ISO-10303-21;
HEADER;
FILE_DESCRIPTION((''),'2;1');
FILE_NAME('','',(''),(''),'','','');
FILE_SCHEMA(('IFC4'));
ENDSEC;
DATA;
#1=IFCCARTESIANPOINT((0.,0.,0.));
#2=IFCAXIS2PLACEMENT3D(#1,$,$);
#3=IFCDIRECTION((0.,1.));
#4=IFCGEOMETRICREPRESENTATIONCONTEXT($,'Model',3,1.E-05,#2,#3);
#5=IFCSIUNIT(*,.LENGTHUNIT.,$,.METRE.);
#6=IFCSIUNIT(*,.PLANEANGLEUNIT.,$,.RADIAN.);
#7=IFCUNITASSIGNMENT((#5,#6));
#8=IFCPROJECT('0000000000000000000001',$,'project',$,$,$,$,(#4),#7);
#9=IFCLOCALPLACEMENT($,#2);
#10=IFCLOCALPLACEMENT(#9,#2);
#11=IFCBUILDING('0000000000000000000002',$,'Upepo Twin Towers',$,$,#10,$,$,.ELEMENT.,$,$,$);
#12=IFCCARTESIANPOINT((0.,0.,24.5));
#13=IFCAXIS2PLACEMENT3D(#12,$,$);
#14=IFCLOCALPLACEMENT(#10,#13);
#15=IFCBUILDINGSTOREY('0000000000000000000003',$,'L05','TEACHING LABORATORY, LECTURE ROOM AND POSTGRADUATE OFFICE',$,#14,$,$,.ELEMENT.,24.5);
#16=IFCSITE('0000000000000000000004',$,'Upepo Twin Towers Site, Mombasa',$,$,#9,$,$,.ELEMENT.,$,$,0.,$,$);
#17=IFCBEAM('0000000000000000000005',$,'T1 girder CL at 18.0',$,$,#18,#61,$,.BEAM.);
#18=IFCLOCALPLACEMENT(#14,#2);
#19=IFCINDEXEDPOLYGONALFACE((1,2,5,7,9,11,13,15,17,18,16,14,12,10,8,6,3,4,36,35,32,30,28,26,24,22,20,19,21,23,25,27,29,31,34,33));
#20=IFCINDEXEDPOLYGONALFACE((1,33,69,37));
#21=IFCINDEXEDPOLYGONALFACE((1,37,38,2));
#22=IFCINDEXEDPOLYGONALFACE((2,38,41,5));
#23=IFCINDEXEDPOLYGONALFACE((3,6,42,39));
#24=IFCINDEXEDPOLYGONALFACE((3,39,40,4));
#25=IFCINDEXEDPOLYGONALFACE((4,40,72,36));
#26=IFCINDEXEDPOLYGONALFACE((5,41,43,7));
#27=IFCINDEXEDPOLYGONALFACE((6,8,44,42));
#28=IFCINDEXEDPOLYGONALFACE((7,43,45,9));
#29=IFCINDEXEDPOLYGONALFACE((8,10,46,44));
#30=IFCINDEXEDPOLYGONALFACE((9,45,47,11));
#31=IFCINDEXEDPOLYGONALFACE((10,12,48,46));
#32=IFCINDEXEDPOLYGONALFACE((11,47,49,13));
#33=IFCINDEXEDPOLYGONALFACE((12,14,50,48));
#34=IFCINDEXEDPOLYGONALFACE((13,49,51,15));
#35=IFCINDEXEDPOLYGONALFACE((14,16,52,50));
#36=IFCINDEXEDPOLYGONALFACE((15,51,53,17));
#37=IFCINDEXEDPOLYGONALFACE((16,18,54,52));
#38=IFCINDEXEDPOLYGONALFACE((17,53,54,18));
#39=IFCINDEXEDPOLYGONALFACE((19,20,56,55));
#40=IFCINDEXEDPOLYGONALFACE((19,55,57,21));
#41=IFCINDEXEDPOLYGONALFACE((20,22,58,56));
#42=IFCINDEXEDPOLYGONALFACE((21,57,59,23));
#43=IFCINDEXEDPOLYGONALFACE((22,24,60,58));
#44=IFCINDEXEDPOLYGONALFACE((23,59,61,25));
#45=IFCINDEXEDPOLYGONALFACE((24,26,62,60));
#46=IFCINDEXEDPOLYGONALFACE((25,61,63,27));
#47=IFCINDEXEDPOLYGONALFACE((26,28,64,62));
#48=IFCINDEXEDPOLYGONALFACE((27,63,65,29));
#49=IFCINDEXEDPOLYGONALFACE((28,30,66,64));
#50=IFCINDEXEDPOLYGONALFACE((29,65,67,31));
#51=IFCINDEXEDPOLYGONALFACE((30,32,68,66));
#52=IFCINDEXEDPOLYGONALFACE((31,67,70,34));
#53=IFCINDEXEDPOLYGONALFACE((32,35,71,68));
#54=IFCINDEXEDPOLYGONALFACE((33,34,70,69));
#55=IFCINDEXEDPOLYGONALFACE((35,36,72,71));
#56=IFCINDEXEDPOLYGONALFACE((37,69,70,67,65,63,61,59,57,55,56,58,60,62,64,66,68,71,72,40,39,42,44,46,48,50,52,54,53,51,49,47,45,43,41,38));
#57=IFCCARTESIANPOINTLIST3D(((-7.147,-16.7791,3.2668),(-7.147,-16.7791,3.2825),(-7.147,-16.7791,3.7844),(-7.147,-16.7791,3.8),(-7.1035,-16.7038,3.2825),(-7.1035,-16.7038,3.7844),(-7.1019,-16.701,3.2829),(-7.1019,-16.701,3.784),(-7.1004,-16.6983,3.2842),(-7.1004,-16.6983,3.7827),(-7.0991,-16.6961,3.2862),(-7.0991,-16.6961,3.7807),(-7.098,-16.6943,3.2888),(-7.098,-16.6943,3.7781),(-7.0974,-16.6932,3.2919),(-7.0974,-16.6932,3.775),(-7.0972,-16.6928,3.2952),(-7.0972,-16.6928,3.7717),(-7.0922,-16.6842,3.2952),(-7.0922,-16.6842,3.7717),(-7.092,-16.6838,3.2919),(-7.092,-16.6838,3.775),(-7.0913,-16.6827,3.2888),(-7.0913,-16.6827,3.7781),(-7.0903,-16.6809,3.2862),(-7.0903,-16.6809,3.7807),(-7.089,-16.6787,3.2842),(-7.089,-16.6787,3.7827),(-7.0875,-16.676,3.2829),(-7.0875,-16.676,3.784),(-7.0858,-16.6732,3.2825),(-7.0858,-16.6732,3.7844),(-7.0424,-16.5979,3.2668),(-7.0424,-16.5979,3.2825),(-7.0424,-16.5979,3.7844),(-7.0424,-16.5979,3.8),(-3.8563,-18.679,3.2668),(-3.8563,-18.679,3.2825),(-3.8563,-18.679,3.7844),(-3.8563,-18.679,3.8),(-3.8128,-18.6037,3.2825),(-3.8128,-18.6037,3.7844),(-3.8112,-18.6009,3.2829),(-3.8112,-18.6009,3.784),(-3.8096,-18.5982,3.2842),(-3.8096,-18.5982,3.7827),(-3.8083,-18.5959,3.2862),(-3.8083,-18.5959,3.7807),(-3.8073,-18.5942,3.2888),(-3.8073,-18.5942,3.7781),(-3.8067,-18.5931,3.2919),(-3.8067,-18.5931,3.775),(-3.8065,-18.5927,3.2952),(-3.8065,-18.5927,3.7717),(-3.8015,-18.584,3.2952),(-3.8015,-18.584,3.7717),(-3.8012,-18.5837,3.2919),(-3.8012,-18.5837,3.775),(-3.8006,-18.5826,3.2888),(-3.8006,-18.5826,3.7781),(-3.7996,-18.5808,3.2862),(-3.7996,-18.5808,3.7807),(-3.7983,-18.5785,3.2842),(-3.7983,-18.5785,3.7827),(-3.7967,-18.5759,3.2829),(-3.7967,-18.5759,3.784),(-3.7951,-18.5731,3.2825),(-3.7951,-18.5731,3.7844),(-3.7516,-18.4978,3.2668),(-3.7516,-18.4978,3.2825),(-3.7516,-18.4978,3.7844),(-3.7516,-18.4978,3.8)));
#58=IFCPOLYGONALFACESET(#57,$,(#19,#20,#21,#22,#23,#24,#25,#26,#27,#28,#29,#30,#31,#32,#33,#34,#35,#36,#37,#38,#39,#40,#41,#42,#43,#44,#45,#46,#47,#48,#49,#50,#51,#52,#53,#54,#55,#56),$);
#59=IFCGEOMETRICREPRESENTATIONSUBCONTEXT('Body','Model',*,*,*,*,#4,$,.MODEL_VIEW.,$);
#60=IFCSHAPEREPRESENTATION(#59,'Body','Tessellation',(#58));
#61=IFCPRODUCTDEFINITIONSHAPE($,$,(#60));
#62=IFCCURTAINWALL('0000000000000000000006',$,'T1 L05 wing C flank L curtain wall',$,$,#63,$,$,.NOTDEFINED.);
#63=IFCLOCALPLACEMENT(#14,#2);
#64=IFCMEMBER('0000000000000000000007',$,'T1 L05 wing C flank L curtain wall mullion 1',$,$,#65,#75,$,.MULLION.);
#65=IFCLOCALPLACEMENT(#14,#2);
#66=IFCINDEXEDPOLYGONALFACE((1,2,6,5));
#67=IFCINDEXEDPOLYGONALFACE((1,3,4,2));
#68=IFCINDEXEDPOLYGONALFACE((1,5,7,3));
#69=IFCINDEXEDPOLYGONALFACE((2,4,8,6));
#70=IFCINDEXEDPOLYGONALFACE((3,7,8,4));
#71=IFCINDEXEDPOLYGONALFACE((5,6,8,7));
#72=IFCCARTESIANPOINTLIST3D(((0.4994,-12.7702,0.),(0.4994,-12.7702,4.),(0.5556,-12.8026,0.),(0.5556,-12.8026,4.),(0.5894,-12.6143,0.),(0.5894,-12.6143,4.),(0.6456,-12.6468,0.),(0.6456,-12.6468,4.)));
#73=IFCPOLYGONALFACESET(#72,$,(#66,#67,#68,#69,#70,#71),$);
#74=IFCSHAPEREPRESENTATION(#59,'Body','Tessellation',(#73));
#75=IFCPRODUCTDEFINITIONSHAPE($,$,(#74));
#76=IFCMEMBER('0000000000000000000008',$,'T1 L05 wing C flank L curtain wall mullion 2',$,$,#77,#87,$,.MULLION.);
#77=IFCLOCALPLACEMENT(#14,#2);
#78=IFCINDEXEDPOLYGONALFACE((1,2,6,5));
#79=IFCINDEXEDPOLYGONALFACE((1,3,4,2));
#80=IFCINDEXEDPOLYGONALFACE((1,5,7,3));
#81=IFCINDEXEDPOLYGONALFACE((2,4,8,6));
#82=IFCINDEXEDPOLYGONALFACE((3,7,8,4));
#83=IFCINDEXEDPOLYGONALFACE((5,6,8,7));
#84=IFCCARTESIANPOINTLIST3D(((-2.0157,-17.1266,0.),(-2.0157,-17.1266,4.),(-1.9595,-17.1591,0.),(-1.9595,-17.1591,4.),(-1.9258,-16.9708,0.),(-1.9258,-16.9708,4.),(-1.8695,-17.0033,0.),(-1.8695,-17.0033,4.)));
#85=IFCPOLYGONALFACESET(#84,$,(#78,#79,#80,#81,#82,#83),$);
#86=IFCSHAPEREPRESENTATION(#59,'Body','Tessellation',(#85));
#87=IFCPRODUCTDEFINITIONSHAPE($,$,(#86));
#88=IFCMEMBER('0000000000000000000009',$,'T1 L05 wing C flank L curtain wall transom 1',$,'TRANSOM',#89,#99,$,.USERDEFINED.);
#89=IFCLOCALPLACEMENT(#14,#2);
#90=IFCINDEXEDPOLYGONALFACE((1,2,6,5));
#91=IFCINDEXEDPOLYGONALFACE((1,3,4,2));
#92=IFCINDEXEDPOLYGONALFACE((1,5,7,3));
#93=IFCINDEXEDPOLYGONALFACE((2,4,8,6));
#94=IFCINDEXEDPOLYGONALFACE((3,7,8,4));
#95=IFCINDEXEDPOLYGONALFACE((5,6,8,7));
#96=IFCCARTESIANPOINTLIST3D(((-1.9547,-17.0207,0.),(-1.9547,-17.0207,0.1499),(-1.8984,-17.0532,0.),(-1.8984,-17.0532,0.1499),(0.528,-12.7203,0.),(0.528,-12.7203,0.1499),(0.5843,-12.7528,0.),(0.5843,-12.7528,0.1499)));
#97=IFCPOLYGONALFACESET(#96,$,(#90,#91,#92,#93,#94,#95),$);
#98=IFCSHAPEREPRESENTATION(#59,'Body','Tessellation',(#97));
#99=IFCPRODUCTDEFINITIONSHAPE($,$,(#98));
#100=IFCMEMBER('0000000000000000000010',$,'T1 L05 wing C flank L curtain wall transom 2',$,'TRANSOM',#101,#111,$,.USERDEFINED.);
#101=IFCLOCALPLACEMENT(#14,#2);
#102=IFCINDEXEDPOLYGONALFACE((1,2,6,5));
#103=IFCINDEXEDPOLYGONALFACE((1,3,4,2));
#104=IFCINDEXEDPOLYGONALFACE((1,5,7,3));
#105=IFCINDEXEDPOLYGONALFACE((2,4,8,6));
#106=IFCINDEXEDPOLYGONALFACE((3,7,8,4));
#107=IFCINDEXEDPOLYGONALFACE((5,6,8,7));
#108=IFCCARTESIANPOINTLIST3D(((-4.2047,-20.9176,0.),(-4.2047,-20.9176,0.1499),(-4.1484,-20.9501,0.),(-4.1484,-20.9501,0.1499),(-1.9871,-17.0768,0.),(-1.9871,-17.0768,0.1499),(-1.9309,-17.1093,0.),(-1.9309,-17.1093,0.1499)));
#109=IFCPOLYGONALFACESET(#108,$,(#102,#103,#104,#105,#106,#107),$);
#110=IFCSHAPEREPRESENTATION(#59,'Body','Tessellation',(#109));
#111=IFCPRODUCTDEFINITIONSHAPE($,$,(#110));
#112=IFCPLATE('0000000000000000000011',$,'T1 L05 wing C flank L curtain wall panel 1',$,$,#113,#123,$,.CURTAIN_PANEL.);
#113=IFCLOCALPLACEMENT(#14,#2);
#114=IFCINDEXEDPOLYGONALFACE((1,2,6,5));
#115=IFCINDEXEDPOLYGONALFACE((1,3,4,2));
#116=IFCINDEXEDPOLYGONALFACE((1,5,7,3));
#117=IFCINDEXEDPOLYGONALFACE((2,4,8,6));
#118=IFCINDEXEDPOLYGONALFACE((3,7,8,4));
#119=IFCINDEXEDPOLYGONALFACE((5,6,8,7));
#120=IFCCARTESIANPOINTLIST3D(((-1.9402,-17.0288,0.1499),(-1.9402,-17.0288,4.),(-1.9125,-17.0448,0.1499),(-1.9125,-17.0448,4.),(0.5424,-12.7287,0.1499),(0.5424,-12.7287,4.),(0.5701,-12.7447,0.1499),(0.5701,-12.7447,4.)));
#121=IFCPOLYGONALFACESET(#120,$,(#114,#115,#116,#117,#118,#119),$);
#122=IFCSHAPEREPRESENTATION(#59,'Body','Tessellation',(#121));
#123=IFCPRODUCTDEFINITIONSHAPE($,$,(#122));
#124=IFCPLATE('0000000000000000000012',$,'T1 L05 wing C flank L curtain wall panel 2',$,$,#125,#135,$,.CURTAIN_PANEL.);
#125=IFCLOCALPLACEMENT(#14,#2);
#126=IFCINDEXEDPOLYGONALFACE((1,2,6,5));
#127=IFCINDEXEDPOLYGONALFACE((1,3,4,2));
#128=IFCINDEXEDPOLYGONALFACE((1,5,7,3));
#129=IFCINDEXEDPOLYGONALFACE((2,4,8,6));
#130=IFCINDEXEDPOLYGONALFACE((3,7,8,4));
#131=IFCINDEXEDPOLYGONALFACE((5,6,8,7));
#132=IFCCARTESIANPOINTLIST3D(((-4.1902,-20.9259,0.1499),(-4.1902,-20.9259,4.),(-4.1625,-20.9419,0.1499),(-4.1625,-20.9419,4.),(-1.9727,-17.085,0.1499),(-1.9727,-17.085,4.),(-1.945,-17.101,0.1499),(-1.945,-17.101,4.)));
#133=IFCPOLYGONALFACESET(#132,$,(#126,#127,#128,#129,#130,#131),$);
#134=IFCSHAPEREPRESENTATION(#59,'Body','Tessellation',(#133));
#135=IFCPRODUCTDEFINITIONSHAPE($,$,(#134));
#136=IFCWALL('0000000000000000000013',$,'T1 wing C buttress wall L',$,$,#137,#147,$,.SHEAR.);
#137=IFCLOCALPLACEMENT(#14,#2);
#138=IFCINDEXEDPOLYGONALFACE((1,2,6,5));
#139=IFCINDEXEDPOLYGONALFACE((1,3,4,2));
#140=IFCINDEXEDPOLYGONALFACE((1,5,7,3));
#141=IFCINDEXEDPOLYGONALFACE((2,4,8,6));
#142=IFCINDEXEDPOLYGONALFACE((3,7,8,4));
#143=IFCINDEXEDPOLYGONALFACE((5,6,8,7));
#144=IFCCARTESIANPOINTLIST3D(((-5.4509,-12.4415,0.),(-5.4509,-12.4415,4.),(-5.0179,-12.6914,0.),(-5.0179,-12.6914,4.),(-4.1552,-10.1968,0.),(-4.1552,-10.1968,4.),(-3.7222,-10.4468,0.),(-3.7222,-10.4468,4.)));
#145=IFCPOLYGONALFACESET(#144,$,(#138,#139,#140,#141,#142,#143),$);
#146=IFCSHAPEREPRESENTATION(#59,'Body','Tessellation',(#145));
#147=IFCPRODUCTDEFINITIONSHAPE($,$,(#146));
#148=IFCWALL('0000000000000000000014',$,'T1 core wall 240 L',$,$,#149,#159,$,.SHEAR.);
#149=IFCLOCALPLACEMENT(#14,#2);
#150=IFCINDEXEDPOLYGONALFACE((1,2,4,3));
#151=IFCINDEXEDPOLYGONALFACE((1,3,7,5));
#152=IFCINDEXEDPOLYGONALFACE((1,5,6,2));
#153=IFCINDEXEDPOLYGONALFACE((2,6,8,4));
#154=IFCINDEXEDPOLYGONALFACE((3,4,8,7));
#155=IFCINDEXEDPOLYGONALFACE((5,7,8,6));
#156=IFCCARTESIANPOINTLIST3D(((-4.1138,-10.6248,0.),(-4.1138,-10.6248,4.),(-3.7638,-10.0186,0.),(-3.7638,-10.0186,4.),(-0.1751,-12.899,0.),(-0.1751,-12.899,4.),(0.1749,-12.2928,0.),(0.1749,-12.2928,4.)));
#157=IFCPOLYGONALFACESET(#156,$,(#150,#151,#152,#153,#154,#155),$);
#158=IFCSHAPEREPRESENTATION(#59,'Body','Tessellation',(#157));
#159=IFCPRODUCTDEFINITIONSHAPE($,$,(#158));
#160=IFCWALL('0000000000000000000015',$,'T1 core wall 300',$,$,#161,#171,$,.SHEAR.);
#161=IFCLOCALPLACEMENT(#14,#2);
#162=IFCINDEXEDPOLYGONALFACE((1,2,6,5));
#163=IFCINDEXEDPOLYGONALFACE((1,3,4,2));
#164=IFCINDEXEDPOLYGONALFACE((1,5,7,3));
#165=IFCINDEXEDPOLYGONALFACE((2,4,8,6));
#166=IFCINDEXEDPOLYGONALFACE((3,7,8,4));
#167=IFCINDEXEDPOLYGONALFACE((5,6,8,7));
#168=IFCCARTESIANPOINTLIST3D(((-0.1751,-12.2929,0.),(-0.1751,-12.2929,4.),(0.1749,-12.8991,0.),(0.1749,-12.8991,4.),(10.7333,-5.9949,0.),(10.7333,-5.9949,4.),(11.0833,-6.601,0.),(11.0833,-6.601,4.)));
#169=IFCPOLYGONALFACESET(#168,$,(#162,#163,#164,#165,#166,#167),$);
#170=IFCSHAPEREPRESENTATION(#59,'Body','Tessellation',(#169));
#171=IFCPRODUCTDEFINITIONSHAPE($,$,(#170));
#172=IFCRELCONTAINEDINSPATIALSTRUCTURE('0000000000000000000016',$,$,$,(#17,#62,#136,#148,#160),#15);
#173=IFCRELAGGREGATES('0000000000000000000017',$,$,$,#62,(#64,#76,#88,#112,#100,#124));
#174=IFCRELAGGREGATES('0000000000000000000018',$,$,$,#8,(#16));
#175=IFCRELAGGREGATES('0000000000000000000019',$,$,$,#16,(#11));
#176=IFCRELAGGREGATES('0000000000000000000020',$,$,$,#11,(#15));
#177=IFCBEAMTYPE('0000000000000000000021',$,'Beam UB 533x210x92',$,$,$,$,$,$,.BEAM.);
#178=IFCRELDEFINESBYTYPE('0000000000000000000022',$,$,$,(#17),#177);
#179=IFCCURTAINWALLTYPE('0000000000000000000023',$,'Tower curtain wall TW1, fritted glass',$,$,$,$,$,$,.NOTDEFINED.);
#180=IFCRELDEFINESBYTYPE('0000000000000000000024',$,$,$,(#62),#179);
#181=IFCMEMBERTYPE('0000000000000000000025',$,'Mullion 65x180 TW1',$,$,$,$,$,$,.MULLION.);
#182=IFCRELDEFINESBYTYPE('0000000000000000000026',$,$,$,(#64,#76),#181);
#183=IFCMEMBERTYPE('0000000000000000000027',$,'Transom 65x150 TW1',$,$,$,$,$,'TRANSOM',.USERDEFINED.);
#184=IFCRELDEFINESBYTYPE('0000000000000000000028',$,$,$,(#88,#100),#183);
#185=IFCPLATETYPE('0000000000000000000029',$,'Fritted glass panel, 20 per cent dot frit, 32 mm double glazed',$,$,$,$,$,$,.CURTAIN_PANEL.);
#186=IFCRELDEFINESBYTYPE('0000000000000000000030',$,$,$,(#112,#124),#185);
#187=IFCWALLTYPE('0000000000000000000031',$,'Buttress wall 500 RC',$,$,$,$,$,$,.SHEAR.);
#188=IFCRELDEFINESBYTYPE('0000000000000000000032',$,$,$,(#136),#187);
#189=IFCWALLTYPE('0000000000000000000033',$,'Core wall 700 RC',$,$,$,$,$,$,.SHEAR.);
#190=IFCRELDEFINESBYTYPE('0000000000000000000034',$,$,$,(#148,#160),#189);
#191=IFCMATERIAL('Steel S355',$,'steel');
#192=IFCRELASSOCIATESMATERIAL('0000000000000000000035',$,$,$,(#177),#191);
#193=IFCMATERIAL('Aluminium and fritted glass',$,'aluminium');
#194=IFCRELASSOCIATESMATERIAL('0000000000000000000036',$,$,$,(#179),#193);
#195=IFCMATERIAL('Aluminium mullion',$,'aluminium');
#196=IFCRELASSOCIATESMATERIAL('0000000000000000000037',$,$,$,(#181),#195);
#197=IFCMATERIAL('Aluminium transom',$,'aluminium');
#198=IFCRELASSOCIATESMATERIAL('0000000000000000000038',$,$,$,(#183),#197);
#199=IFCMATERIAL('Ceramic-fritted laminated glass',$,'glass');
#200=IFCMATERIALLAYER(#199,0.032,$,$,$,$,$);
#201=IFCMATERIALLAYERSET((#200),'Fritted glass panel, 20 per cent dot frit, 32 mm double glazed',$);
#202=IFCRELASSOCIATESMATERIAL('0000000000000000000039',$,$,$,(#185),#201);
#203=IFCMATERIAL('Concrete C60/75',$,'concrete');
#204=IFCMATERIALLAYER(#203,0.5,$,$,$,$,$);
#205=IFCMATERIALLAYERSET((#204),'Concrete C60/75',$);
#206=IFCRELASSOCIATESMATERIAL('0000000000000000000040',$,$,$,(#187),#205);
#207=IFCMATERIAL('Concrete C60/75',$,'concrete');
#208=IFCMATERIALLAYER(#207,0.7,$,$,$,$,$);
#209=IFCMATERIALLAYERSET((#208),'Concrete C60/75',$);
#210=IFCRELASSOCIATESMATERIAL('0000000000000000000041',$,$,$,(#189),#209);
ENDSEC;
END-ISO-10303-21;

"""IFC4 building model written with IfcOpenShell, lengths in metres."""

from ifc_helpers import new_model, si_unit, direction, frame, frame_2d, origin, origin_2d, place, context, subcontext, project, spatial, rectangle, i_section, extrude, material, layer, layer_set, material_profile, profile_set, type_object, element, aggregate, save


model = new_model("IFC4")

# Units and contexts
model_context = context("Model", 3, precision=1e-05, world=origin(), true_north=direction((0.0, 1.0)))
body_context = subcontext(model_context, "Body", "Model", "MODEL_VIEW")
ifc_project = project(units=[si_unit("LENGTHUNIT", "METRE"), si_unit("PLANEANGLEUNIT", "RADIAN")], contexts=[model_context])

# Site, building, storey
site_placement = place(None, origin())
site = spatial("IfcSite", under=ifc_project, at=site_placement, Name="Upepo Twin Towers Site, Mombasa", CompositionType="ELEMENT", RefElevation=0.0)
building_placement = place(site_placement, origin())
building = spatial("IfcBuilding", under=site, at=building_placement, Name="Upepo Twin Towers", CompositionType="ELEMENT")
storey_placement = place(building_placement, frame((0.0, 0.0, 24.5)))
storey = spatial("IfcBuildingStorey", under=building, at=storey_placement, Name="L05", Description="TEACHING LABORATORY, LECTURE ROOM AND POSTGRADUATE OFFICE", CompositionType="ELEMENT", Elevation=24.5)

# Beam
ifc_material_1 = material(Name="Steel S355", Category="steel")
ifc_material_profile_1 = material_profile(ifc_material_1, i_section(OverallWidth=0.2092, OverallDepth=0.5332, WebThickness=0.01, FlangeThickness=0.0156, FilletRadius=0.0127, at=origin_2d()), Name="UB 533x210x92")
ifc_profile_set_1 = profile_set([ifc_material_profile_1], Name="Steel S355")
beam_type_1 = type_object("IfcBeamType", Name="Beam UB 533x210x92", PredefinedType="BEAM", material=ifc_profile_set_1)
beam_1_placement = place(storey_placement, frame((-3.804, -18.5884, 3.5334), z_axis=(-0.866028, 0.499995, 0.0), x_axis=(-0.499995, -0.866028, 0.0)))
element("IfcBeam", 1, at=beam_1_placement, inside=storey, type_object=beam_type_1, Name="T1 girder CL at 18.0", PredefinedType="BEAM", context=body_context, shape_type="SweptSolid", body=[
    extrude(i_section(OverallWidth=0.2092, OverallDepth=0.5332, WebThickness=0.01, FlangeThickness=0.0156, FilletRadius=0.0127, at=origin_2d()), origin(), (0.0, 0.0, 1.0), 3.7998),
])

# Curtain wall, members, plates
ifc_material_2 = material(Name="Aluminium and fritted glass", Category="aluminium")
curtain_wall_type = type_object("IfcCurtainWallType", Name="Tower curtain wall TW1, fritted glass", PredefinedType="NOTDEFINED", material=ifc_material_2)
curtain_wall_placement = place(storey_placement, origin())
curtain_wall = element("IfcCurtainWall", 2, at=curtain_wall_placement, inside=storey, type_object=curtain_wall_type, Name="T1 L05 wing C flank L curtain wall", PredefinedType="NOTDEFINED")
ifc_material_3 = material(Name="Aluminium mullion", Category="aluminium")
ifc_material_profile_2 = material_profile(ifc_material_3, rectangle(XDim=0.0649, YDim=0.1799, at=origin_2d()), Name="MULLION 65x180")
ifc_profile_set_2 = profile_set([ifc_material_profile_2], Name="Aluminium mullion")
member_type_1 = type_object("IfcMemberType", Name="Mullion 65x180 TW1", PredefinedType="MULLION", material=ifc_profile_set_2)
member_1_placement = place(storey_placement, frame((0.5725, -12.7085, 0.0), z_axis=(0.0, 0.0, 1.0), x_axis=(0.866025, -0.5, 0.0)))
member_1 = element("IfcMember", 3, at=member_1_placement, type_object=member_type_1, Name="T1 L05 wing C flank L curtain wall mullion 1", PredefinedType="MULLION", context=body_context, shape_type="SweptSolid", body=[
    extrude(rectangle(XDim=0.0649, YDim=0.1799, at=origin_2d()), origin(), (0.0, 0.0, 1.0), 4.0),
])
member_2_placement = place(storey_placement, frame((-1.9426, -17.0649, 0.0), z_axis=(0.0, 0.0, 1.0), x_axis=(0.866025, -0.5, 0.0)))
member_2 = element("IfcMember", 4, at=member_2_placement, type_object=member_type_1, Name="T1 L05 wing C flank L curtain wall mullion 2", PredefinedType="MULLION", context=body_context, shape_type="SweptSolid", body=[
    extrude(rectangle(XDim=0.0649, YDim=0.1799, at=origin_2d()), origin(), (0.0, 0.0, 1.0), 4.0),
])
ifc_material_4 = material(Name="Aluminium transom", Category="aluminium")
ifc_material_profile_3 = material_profile(ifc_material_4, rectangle(XDim=0.0649, YDim=0.1499, at=origin_2d()), Name="TRANSOM 65x150")
ifc_profile_set_3 = profile_set([ifc_material_profile_3], Name="Aluminium transom")
member_type_2 = type_object("IfcMemberType", Name="Transom 65x150 TW1", ElementType="TRANSOM", PredefinedType="USERDEFINED", material=ifc_profile_set_3)
member_3_placement = place(storey_placement, frame((0.5562, -12.7366, 0.075), z_axis=(-0.499983, -0.866035, 0.0), x_axis=(0.866035, -0.499983, 0.0)))
member_3 = element("IfcMember", 5, at=member_3_placement, type_object=member_type_2, Name="T1 L05 wing C flank L curtain wall transom 1", ObjectType="TRANSOM", PredefinedType="USERDEFINED", context=body_context, shape_type="SweptSolid", body=[
    extrude(rectangle(XDim=0.0649, YDim=0.1499, at=origin_2d()), origin(), (0.0, 0.0, 1.0), 4.9656),
])
member_4_placement = place(storey_placement, frame((-1.959, -17.093, 0.075), z_axis=(-0.500005, -0.866022, 0.0), x_axis=(0.866022, -0.500005, 0.0)))
member_4 = element("IfcMember", 6, at=member_4_placement, type_object=member_type_2, Name="T1 L05 wing C flank L curtain wall transom 2", ObjectType="TRANSOM", PredefinedType="USERDEFINED", context=body_context, shape_type="SweptSolid", body=[
    extrude(rectangle(XDim=0.0649, YDim=0.1499, at=origin_2d()), origin(), (0.0, 0.0, 1.0), 4.4351),
])
ifc_material_5 = material(Name="Ceramic-fritted laminated glass", Category="glass")
ifc_layer_1 = layer(ifc_material_5, 0.032)
ifc_layer_set_1 = layer_set([ifc_layer_1], Name="Fritted glass panel, 20 per cent dot frit, 32 mm double glazed")
plate_type = type_object("IfcPlateType", Name="Fritted glass panel, 20 per cent dot frit, 32 mm double glazed", PredefinedType="CURTAIN_PANEL", material=ifc_layer_set_1)
plate_1_placement = place(storey_placement, frame((-0.6851, -14.8867, 0.1499), z_axis=(0.0, 0.0, 1.0), x_axis=(-0.5, -0.866025, 0.0)))
plate_1 = element("IfcPlate", 7, at=plate_1_placement, type_object=plate_type, Name="T1 L05 wing C flank L curtain wall panel 1", PredefinedType="CURTAIN_PANEL", context=body_context, shape_type="SweptSolid", body=[
    extrude(rectangle(XDim=4.9653, YDim=0.032, at=origin_2d()), origin(), (0.0, 0.0, 1.0), 3.8501),
])
plate_2_placement = place(storey_placement, frame((-3.0676, -19.0134, 0.1499), z_axis=(0.0, 0.0, 1.0), x_axis=(-0.5, -0.866025, 0.0)))
plate_2 = element("IfcPlate", 8, at=plate_2_placement, type_object=plate_type, Name="T1 L05 wing C flank L curtain wall panel 2", PredefinedType="CURTAIN_PANEL", context=body_context, shape_type="SweptSolid", body=[
    extrude(rectangle(XDim=4.4351, YDim=0.032, at=origin_2d()), origin(), (0.0, 0.0, 1.0), 3.8501),
])
aggregate(curtain_wall, [member_1, member_2, member_3, plate_1, member_4, plate_2])

# Walls
ifc_material_6 = material(Name="Concrete C60/75", Category="concrete")
ifc_layer_2 = layer(ifc_material_6, 0.5)
ifc_layer_set_2 = layer_set([ifc_layer_2], Name="Concrete C60/75")
wall_type_1 = type_object("IfcWallType", Name="Buttress wall 500 RC", PredefinedType="SHEAR", material=ifc_layer_set_2)
wall_1_placement = place(storey_placement, frame((-3.9387, -10.3218, 0.0), z_axis=(0.0, 0.0, 1.0), x_axis=(-0.499918, -0.866073, 0.0)))
element("IfcWall", 9, at=wall_1_placement, inside=storey, type_object=wall_type_1, Name="T1 wing C buttress wall L", PredefinedType="SHEAR", context=body_context, shape_type="SweptSolid", body=[
    extrude(rectangle(XDim=2.5918, YDim=0.5, at=frame_2d((1.2959, 0.0))), origin(), (0.0, 0.0, 1.0), 4.0),
])
ifc_material_7 = material(Name="Concrete C60/75", Category="concrete")
ifc_layer_3 = layer(ifc_material_7, 0.7)
ifc_layer_set_3 = layer_set([ifc_layer_3], Name="Concrete C60/75")
wall_type_2 = type_object("IfcWallType", Name="Core wall 700 RC", PredefinedType="SHEAR", material=ifc_layer_set_3)
wall_2_placement = place(storey_placement, frame((-3.9387, -10.3218, 0.0), z_axis=(0.0, 0.0, 1.0), x_axis=(0.866011, -0.500024, 0.0)))
element("IfcWall", 10, at=wall_2_placement, inside=storey, type_object=wall_type_2, Name="T1 core wall 240 L", PredefinedType="SHEAR", context=body_context, shape_type="SweptSolid", body=[
    extrude(rectangle(XDim=4.5481, YDim=0.7, at=frame_2d((2.2739, 0.0))), origin(), (0.0, 0.0, 1.0), 4.0),
])
wall_3_placement = place(storey_placement, frame((0.0, -12.5959, 0.0), z_axis=(0.0, 0.0, 1.0), x_axis=(0.866022, 0.500006, 0.0)))
element("IfcWall", 11, at=wall_3_placement, inside=storey, type_object=wall_type_2, Name="T1 core wall 300", PredefinedType="SHEAR", context=body_context, shape_type="SweptSolid", body=[
    extrude(rectangle(XDim=12.5959, YDim=0.7, at=frame_2d((6.2979, 0.0))), origin(), (0.0, 0.0, 1.0), 4.0),
])

save(model, "model.ifc")
